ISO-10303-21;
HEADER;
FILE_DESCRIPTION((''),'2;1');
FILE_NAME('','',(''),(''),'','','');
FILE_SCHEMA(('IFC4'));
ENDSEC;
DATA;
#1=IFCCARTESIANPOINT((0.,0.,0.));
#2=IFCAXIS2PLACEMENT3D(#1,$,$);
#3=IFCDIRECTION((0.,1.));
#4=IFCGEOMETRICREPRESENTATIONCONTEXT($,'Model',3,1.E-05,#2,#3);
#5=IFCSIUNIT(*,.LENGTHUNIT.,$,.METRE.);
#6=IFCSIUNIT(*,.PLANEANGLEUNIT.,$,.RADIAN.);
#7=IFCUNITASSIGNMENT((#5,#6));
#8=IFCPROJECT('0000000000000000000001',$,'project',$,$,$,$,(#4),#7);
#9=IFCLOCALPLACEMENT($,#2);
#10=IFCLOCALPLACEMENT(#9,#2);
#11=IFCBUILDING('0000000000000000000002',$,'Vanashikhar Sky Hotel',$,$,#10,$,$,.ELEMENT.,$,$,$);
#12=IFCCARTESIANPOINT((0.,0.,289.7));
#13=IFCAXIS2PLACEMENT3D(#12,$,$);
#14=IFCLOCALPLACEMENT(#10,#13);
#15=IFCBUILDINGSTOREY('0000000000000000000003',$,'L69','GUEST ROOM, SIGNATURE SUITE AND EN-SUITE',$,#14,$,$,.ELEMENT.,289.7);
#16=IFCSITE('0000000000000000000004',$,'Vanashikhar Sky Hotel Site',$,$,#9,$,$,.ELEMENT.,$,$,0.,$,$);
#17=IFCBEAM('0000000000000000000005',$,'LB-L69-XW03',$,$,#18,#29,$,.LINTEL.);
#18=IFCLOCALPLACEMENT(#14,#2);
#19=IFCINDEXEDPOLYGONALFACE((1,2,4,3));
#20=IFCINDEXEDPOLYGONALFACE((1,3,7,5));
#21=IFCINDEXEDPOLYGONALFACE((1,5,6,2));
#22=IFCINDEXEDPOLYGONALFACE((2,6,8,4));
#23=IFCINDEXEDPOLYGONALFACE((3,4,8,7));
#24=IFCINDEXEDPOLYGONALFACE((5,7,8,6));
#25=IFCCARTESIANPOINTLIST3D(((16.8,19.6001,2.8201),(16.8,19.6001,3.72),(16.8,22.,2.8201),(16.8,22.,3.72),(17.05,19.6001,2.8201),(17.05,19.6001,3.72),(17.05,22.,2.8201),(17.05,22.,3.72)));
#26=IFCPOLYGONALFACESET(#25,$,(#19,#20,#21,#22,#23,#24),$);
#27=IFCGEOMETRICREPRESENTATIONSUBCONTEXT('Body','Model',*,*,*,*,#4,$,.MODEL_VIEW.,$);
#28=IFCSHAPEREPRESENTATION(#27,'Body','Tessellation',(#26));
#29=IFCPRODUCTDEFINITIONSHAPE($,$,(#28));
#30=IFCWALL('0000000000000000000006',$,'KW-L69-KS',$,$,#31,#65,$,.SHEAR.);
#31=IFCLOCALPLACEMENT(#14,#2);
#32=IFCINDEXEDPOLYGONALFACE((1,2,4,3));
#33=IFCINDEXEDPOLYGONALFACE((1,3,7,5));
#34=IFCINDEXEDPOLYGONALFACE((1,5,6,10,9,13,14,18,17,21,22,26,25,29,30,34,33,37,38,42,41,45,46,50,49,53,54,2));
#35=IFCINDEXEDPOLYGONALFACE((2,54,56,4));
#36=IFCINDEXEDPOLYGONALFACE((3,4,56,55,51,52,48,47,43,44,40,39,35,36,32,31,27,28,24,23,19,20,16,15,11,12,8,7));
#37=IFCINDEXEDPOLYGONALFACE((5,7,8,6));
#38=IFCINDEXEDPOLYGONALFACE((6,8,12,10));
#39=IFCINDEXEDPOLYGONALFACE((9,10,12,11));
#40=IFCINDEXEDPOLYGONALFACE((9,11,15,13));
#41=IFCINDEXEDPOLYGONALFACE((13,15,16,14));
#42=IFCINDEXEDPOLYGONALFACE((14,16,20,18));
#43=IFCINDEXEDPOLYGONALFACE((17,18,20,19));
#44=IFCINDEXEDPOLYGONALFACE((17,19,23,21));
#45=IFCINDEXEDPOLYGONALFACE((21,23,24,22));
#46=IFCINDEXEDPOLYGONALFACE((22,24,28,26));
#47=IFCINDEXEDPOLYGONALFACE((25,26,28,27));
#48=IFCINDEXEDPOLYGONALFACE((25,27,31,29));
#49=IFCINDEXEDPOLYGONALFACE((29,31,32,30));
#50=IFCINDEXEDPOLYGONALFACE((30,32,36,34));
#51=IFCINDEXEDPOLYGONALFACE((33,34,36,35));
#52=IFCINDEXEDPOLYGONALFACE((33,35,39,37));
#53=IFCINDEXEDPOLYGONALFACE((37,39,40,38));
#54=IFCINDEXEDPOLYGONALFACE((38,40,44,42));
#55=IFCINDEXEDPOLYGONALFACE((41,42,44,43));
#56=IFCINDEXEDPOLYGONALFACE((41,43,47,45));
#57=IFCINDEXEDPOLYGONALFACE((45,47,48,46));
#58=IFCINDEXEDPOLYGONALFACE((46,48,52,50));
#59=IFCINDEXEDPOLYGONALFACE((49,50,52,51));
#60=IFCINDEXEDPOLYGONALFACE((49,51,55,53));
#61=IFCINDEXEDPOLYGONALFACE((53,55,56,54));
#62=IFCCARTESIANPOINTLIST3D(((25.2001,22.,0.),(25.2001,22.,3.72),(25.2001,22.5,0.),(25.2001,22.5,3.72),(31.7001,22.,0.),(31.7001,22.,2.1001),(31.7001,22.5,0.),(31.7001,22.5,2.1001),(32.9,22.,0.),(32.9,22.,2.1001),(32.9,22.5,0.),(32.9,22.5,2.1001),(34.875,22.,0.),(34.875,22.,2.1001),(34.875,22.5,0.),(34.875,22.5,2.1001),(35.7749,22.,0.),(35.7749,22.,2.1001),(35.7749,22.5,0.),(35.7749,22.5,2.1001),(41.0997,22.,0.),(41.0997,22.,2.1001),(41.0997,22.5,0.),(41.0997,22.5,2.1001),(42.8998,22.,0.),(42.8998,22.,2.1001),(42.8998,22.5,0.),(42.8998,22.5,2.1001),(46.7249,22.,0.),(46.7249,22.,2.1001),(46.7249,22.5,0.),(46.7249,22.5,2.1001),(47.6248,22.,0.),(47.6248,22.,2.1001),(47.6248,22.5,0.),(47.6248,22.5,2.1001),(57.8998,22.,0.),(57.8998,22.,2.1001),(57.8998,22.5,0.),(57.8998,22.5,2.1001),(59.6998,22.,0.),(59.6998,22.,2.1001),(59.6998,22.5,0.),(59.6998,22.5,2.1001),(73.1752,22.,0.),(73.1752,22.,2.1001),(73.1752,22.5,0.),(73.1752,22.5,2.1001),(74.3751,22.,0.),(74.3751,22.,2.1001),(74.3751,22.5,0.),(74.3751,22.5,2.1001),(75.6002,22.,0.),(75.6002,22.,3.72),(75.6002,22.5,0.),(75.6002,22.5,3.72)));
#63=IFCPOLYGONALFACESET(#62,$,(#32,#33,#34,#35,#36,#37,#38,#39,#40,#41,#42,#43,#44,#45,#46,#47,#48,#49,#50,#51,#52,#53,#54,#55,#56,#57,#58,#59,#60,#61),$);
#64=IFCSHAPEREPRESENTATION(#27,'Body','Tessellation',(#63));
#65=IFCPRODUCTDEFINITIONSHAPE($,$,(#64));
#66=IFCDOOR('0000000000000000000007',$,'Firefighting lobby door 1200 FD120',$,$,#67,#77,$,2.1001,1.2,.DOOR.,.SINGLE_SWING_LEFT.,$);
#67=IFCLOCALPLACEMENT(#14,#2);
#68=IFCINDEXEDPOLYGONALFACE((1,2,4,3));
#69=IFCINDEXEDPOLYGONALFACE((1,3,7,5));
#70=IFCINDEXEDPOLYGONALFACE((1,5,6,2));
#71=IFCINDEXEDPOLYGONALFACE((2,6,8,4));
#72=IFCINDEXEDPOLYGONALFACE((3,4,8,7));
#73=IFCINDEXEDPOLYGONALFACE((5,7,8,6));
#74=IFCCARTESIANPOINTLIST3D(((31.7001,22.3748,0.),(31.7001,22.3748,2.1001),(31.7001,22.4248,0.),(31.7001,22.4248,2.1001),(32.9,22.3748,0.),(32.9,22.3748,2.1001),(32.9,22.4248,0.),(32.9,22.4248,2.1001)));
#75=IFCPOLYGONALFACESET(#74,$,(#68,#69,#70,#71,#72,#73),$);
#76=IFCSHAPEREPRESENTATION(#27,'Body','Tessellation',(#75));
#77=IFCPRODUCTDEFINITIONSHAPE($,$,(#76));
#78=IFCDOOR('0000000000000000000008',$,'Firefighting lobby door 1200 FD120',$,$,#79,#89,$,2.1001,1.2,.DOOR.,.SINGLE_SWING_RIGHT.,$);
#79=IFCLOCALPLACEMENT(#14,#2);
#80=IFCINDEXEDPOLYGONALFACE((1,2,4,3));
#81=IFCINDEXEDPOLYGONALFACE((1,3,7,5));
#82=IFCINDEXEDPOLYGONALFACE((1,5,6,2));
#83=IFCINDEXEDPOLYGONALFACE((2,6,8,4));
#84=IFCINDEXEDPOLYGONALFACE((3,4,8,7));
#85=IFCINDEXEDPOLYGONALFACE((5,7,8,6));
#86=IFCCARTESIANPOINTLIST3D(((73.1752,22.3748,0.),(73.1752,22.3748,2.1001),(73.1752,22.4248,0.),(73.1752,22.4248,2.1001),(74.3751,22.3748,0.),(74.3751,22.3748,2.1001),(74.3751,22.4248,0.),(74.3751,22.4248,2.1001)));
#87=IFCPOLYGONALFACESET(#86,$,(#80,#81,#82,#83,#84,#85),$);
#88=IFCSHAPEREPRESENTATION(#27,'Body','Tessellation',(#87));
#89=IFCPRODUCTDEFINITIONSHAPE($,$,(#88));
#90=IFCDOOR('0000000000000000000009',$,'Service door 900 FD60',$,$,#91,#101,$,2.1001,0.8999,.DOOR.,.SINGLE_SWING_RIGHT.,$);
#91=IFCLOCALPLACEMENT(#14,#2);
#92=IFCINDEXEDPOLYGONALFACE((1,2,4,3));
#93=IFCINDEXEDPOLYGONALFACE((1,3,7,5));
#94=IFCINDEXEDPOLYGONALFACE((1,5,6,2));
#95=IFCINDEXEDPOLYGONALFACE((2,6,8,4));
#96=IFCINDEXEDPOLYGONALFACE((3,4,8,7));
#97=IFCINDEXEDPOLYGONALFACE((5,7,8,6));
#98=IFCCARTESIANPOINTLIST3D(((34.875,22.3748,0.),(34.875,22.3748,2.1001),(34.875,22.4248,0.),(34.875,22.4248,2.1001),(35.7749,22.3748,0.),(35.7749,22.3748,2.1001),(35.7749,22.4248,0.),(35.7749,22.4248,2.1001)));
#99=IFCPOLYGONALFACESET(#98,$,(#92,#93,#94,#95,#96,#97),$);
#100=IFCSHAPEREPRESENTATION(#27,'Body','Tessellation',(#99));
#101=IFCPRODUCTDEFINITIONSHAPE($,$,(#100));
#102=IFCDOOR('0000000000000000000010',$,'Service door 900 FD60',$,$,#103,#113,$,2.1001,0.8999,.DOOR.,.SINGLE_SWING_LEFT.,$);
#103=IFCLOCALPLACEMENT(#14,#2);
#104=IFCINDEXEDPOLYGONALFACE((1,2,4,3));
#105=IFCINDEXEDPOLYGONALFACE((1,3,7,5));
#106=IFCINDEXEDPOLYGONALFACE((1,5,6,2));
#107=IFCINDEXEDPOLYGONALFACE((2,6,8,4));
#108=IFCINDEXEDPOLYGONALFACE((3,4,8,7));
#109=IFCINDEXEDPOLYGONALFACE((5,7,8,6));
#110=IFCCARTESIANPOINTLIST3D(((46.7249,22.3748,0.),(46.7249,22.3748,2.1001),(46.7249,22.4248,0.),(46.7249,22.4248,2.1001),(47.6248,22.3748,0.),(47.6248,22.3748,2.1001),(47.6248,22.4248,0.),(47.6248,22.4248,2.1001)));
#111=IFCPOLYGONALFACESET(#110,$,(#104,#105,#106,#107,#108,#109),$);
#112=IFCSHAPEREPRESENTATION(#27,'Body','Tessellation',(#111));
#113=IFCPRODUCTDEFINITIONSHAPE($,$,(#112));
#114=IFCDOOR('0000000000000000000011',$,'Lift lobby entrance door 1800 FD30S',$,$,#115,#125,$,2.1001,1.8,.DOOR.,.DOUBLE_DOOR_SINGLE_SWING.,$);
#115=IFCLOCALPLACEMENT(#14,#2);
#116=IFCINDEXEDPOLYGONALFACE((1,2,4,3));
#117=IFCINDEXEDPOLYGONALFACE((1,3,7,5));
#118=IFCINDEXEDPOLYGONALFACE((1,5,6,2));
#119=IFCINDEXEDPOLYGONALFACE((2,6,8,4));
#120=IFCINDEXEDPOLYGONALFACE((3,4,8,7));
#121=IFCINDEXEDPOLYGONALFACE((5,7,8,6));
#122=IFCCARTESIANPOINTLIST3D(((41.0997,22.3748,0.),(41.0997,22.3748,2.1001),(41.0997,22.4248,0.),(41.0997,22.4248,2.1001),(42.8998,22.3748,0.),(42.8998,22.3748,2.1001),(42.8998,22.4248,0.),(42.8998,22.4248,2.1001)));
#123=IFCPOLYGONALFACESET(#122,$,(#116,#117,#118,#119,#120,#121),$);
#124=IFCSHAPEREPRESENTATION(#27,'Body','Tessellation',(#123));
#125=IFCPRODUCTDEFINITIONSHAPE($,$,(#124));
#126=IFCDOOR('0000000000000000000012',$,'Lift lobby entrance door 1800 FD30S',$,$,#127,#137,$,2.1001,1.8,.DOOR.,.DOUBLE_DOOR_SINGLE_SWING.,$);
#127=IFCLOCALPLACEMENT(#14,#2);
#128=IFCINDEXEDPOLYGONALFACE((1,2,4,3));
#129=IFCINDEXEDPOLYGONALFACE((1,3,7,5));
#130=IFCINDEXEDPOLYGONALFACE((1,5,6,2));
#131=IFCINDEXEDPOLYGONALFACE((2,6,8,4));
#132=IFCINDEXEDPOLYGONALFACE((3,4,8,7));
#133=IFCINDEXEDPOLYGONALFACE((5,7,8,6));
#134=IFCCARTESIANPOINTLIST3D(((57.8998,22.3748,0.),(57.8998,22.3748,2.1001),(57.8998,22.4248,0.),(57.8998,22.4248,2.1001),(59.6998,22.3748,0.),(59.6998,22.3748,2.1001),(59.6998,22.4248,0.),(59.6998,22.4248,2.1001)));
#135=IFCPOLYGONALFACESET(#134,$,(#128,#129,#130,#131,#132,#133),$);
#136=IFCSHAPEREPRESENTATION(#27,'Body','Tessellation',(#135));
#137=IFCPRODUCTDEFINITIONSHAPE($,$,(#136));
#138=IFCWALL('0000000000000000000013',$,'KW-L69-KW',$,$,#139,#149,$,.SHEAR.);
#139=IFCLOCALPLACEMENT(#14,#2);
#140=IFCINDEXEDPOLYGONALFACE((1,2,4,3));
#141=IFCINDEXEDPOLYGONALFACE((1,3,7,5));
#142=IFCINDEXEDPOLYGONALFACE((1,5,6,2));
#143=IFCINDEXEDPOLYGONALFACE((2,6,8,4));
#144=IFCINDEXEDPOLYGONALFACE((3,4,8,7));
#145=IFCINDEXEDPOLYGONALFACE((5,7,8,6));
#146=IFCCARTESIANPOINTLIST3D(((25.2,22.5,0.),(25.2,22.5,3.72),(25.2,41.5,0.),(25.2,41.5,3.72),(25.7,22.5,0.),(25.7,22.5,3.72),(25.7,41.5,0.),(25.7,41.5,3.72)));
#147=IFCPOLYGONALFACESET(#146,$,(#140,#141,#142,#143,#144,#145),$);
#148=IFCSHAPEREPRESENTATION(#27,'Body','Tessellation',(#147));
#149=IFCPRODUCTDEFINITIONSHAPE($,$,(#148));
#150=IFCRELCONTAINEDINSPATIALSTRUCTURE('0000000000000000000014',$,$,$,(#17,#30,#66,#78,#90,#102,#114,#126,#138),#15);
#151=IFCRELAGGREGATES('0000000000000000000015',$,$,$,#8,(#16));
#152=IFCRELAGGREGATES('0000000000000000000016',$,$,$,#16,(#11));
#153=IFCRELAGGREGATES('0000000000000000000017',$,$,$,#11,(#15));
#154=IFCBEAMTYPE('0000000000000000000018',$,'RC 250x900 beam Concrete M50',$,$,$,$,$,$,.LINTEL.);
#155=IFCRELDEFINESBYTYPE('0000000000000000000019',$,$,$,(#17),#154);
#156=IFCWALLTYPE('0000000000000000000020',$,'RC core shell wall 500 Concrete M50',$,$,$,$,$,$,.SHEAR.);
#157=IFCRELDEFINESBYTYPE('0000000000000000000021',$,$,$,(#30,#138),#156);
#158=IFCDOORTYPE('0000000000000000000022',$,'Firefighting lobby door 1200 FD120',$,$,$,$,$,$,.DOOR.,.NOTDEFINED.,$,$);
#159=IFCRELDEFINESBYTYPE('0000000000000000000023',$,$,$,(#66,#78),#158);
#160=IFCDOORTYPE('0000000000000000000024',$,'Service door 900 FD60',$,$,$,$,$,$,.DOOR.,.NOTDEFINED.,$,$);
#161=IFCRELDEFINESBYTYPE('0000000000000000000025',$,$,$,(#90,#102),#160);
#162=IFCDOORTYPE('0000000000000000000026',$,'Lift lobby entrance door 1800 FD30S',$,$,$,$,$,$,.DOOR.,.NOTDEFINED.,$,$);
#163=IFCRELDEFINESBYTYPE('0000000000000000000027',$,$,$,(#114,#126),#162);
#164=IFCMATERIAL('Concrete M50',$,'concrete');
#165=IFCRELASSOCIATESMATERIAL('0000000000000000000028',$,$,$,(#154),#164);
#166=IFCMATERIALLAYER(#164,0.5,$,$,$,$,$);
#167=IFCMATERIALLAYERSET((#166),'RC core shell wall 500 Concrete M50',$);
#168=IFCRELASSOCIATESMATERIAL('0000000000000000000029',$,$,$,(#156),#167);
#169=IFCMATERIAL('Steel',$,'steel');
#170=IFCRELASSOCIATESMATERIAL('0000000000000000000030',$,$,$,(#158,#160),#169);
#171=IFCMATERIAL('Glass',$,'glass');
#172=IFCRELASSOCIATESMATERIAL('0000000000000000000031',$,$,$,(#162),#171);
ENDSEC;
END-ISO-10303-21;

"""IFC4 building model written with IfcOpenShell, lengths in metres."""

from ifc_helpers import new_model, si_unit, direction, frame, frame_2d, origin, origin_2d, place, context, subcontext, project, spatial, rectangle, extrude, source, transform, mapped, material, layer, layer_set, material_profile, profile_set, type_object, element, fill, save


model = new_model("IFC4")

# Units and contexts
model_context = context("Model", 3, precision=1e-05, world=origin(), true_north=direction((0.0, 1.0)))
body_context = subcontext(model_context, "Body", "Model", "MODEL_VIEW")
ifc_project = project(units=[si_unit("LENGTHUNIT", "METRE"), si_unit("PLANEANGLEUNIT", "RADIAN")], contexts=[model_context])

# Site, building, storey
site_placement = place(None, origin())
site = spatial("IfcSite", under=ifc_project, at=site_placement, Name="Vanashikhar Sky Hotel Site", CompositionType="ELEMENT", RefElevation=0.0)
building_placement = place(site_placement, origin())
building = spatial("IfcBuilding", under=site, at=building_placement, Name="Vanashikhar Sky Hotel", CompositionType="ELEMENT")
storey_placement = place(building_placement, frame((0.0, 0.0, 289.7)))
storey = spatial("IfcBuildingStorey", under=building, at=storey_placement, Name="L69", Description="GUEST ROOM, SIGNATURE SUITE AND EN-SUITE", CompositionType="ELEMENT", Elevation=289.7)

# Beam
ifc_material_1 = material(Name="Concrete M50", Category="concrete")
ifc_material_profile = material_profile(ifc_material_1, rectangle(XDim=0.25, YDim=0.8999, at=origin_2d()))
ifc_profile_set = profile_set([ifc_material_profile], Name="RC 250x900 beam Concrete M50")
beam_type = type_object("IfcBeamType", Name="RC 250x900 beam Concrete M50", PredefinedType="LINTEL", material=ifc_profile_set)
shared_shape_1 = source(origin(), body_context, "Body", "SweptSolid", [
    extrude(rectangle(XDim=0.25, YDim=0.8999, at=origin_2d()), origin(), (0.0, 0.0, 1.0), 2.3999),
])
beam_placement = place(storey_placement, frame((16.925, 19.6001, 3.27), z_axis=(0.0, 1.0, 0.0), x_axis=(-1.0, 0.0, 0.0)))
element("IfcBeam", 1, at=beam_placement, inside=storey, type_object=beam_type, Name="LB-L69-XW03", PredefinedType="LINTEL", context=body_context, shape_type="MappedRepresentation", body=[
    mapped(shared_shape_1, transform((0.0, 0.0, 0.0), scale=1.0)),
])

# Wall, openings, doors
ifc_layer_1 = layer(ifc_material_1, 0.5)
ifc_layer_set_1 = layer_set([ifc_layer_1], Name="RC core shell wall 500 Concrete M50")
wall_type_1 = type_object("IfcWallType", Name="RC core shell wall 500 Concrete M50", PredefinedType="SHEAR", material=ifc_layer_set_1)
shared_shape_2 = source(origin(), body_context, "Body", "SweptSolid", [
    extrude(rectangle(XDim=50.4001, YDim=0.5, at=frame_2d((25.2002, 0.0))), origin(), (0.0, 0.0, 1.0), 3.72),
])
wall_1_placement = place(storey_placement, frame((25.2, 22.25, 0.0), z_axis=(0.0, 0.0, 1.0), x_axis=(1.0, 0.0, 0.0)))
wall_1 = element("IfcWall", 2, at=wall_1_placement, inside=storey, type_object=wall_type_1, Name="KW-L69-KS", PredefinedType="SHEAR", context=body_context, shape_type="MappedRepresentation", body=[
    mapped(shared_shape_2, transform((0.0, 0.0, 0.0), scale=1.0)),
])
shared_shape_3 = source(origin(), body_context, "Body", "SweptSolid", [
    extrude(rectangle(XDim=1.8, YDim=2.1001, at=frame_2d((0.8999, 1.05))), frame((0.0, 0.26, 0.0), z_axis=(0.0, -1.0, 0.0), x_axis=(1.0, 0.0, 0.0)), (0.0, 0.0, 1.0), 0.52),
])
opening_1_placement = place(wall_1_placement, frame((15.8999, 0.0, 0.0)))
opening_1 = element("IfcOpeningElement", 3, at=opening_1_placement, cuts=wall_1, PredefinedType="OPENING", context=body_context, shape_type="MappedRepresentation", body=[
    mapped(shared_shape_3, transform((0.0, 0.0, 0.0), scale=1.0)),
])
shared_shape_4 = source(origin(), body_context, "Body", "SweptSolid", [
    extrude(rectangle(XDim=0.8999, YDim=2.1001, at=frame_2d((0.45, 1.05))), frame((0.0, 0.26, 0.0), z_axis=(0.0, -1.0, 0.0), x_axis=(1.0, 0.0, 0.0)), (0.0, 0.0, 1.0), 0.52),
])
opening_2_placement = place(wall_1_placement, frame((9.675, 0.0, 0.0)))
opening_2 = element("IfcOpeningElement", 4, at=opening_2_placement, cuts=wall_1, PredefinedType="OPENING", context=body_context, shape_type="MappedRepresentation", body=[
    mapped(shared_shape_4, transform((0.0, 0.0, 0.0), scale=1.0)),
])
opening_3_placement = place(wall_1_placement, frame((21.5249, 0.0, 0.0)))
opening_3 = element("IfcOpeningElement", 5, at=opening_3_placement, cuts=wall_1, PredefinedType="OPENING", context=body_context, shape_type="MappedRepresentation", body=[
    mapped(shared_shape_4, transform((0.0, 0.0, 0.0), scale=1.0)),
])
opening_4_placement = place(wall_1_placement, frame((32.7, 0.0, 0.0)))
opening_4 = element("IfcOpeningElement", 6, at=opening_4_placement, cuts=wall_1, PredefinedType="OPENING", context=body_context, shape_type="MappedRepresentation", body=[
    mapped(shared_shape_3, transform((0.0, 0.0, 0.0), scale=1.0)),
])
shared_shape_5 = source(origin(), body_context, "Body", "SweptSolid", [
    extrude(rectangle(XDim=1.2, YDim=2.1001, at=frame_2d((0.6001, 1.05))), frame((0.0, 0.26, 0.0), z_axis=(0.0, -1.0, 0.0), x_axis=(1.0, 0.0, 0.0)), (0.0, 0.0, 1.0), 0.52),
])
opening_5_placement = place(wall_1_placement, frame((6.5, 0.0, 0.0)))
opening_5 = element("IfcOpeningElement", 7, at=opening_5_placement, cuts=wall_1, PredefinedType="OPENING", context=body_context, shape_type="MappedRepresentation", body=[
    mapped(shared_shape_5, transform((0.0, 0.0, 0.0), scale=1.0)),
])
opening_6_placement = place(wall_1_placement, frame((47.9751, 0.0, 0.0)))
opening_6 = element("IfcOpeningElement", 8, at=opening_6_placement, cuts=wall_1, PredefinedType="OPENING", context=body_context, shape_type="MappedRepresentation", body=[
    mapped(shared_shape_5, transform((0.0, 0.0, 0.0), scale=1.0)),
])
ifc_material_2 = material(Name="Steel", Category="steel")
door_type_1 = type_object("IfcDoorType", Name="Firefighting lobby door 1200 FD120", OperationType="NOTDEFINED", PredefinedType="DOOR", material=ifc_material_2)
shared_shape_6 = source(origin(), body_context, "Body", "SweptSolid", [
    extrude(rectangle(XDim=1.2, YDim=2.1001, at=frame_2d((0.6001, 1.05))), frame((0.0, 0.1748, 0.0), z_axis=(0.0, -1.0, 0.0), x_axis=(1.0, 0.0, 0.0)), (0.0, 0.0, 1.0), 0.05),
])
door_1_placement = place(opening_5_placement, origin())
door_1 = element("IfcDoor", 9, at=door_1_placement, inside=storey, type_object=door_type_1, Name="Firefighting lobby door 1200 FD120", OperationType="SINGLE_SWING_LEFT", OverallHeight=2.1001, OverallWidth=1.2, PredefinedType="DOOR", context=body_context, shape_type="MappedRepresentation", body=[
    mapped(shared_shape_6, transform((0.0, 0.0, 0.0), scale=1.0)),
])
fill(opening_5, door_1)
door_2_placement = place(opening_6_placement, origin())
door_2 = element("IfcDoor", 10, at=door_2_placement, inside=storey, type_object=door_type_1, Name="Firefighting lobby door 1200 FD120", OperationType="SINGLE_SWING_RIGHT", OverallHeight=2.1001, OverallWidth=1.2, PredefinedType="DOOR", context=body_context, shape_type="MappedRepresentation", body=[
    mapped(shared_shape_6, transform((0.0, 0.0, 0.0), scale=1.0)),
])
fill(opening_6, door_2)
door_type_2 = type_object("IfcDoorType", Name="Service door 900 FD60", OperationType="NOTDEFINED", PredefinedType="DOOR", material=ifc_material_2)
shared_shape_7 = source(origin(), body_context, "Body", "SweptSolid", [
    extrude(rectangle(XDim=0.8999, YDim=2.1001, at=frame_2d((0.45, 1.05))), frame((0.0, 0.1748, 0.0), z_axis=(0.0, -1.0, 0.0), x_axis=(1.0, 0.0, 0.0)), (0.0, 0.0, 1.0), 0.05),
])
door_3_placement = place(opening_2_placement, origin())
door_3 = element("IfcDoor", 11, at=door_3_placement, inside=storey, type_object=door_type_2, Name="Service door 900 FD60", OperationType="SINGLE_SWING_RIGHT", OverallHeight=2.1001, OverallWidth=0.8999, PredefinedType="DOOR", context=body_context, shape_type="MappedRepresentation", body=[
    mapped(shared_shape_7, transform((0.0, 0.0, 0.0), scale=1.0)),
])
fill(opening_2, door_3)
door_4_placement = place(opening_3_placement, origin())
door_4 = element("IfcDoor", 12, at=door_4_placement, inside=storey, type_object=door_type_2, Name="Service door 900 FD60", OperationType="SINGLE_SWING_LEFT", OverallHeight=2.1001, OverallWidth=0.8999, PredefinedType="DOOR", context=body_context, shape_type="MappedRepresentation", body=[
    mapped(shared_shape_7, transform((0.0, 0.0, 0.0), scale=1.0)),
])
fill(opening_3, door_4)
ifc_material_3 = material(Name="Glass", Category="glass")
door_type_3 = type_object("IfcDoorType", Name="Lift lobby entrance door 1800 FD30S", OperationType="NOTDEFINED", PredefinedType="DOOR", material=ifc_material_3)
shared_shape_8 = source(origin(), body_context, "Body", "SweptSolid", [
    extrude(rectangle(XDim=1.8, YDim=2.1001, at=frame_2d((0.8999, 1.05))), frame((0.0, 0.1748, 0.0), z_axis=(0.0, -1.0, 0.0), x_axis=(1.0, 0.0, 0.0)), (0.0, 0.0, 1.0), 0.05),
])
door_5_placement = place(opening_1_placement, origin())
door_5 = element("IfcDoor", 13, at=door_5_placement, inside=storey, type_object=door_type_3, Name="Lift lobby entrance door 1800 FD30S", OperationType="DOUBLE_DOOR_SINGLE_SWING", OverallHeight=2.1001, OverallWidth=1.8, PredefinedType="DOOR", context=body_context, shape_type="MappedRepresentation", body=[
    mapped(shared_shape_8, transform((0.0, 0.0, 0.0), scale=1.0)),
])
fill(opening_1, door_5)
door_6_placement = place(opening_4_placement, origin())
door_6 = element("IfcDoor", 14, at=door_6_placement, inside=storey, type_object=door_type_3, Name="Lift lobby entrance door 1800 FD30S", OperationType="DOUBLE_DOOR_SINGLE_SWING", OverallHeight=2.1001, OverallWidth=1.8, PredefinedType="DOOR", context=body_context, shape_type="MappedRepresentation", body=[
    mapped(shared_shape_8, transform((0.0, 0.0, 0.0), scale=1.0)),
])
fill(opening_4, door_6)

# Wall
shared_shape_9 = source(origin(), body_context, "Body", "SweptSolid", [
    extrude(rectangle(XDim=19.0, YDim=0.5, at=frame_2d((9.5, 0.0))), origin(), (0.0, 0.0, 1.0), 3.72),
])
wall_2_placement = place(storey_placement, frame((25.45, 22.5, 0.0), z_axis=(0.0, 0.0, 1.0), x_axis=(0.0, 1.0, 0.0)))
element("IfcWall", 15, at=wall_2_placement, inside=storey, type_object=wall_type_1, Name="KW-L69-KW", PredefinedType="SHEAR", context=body_context, shape_type="MappedRepresentation", body=[
    mapped(shared_shape_9, transform((0.0, 0.0, 0.0), scale=1.0)),
])

save(model, "model.ifc")
